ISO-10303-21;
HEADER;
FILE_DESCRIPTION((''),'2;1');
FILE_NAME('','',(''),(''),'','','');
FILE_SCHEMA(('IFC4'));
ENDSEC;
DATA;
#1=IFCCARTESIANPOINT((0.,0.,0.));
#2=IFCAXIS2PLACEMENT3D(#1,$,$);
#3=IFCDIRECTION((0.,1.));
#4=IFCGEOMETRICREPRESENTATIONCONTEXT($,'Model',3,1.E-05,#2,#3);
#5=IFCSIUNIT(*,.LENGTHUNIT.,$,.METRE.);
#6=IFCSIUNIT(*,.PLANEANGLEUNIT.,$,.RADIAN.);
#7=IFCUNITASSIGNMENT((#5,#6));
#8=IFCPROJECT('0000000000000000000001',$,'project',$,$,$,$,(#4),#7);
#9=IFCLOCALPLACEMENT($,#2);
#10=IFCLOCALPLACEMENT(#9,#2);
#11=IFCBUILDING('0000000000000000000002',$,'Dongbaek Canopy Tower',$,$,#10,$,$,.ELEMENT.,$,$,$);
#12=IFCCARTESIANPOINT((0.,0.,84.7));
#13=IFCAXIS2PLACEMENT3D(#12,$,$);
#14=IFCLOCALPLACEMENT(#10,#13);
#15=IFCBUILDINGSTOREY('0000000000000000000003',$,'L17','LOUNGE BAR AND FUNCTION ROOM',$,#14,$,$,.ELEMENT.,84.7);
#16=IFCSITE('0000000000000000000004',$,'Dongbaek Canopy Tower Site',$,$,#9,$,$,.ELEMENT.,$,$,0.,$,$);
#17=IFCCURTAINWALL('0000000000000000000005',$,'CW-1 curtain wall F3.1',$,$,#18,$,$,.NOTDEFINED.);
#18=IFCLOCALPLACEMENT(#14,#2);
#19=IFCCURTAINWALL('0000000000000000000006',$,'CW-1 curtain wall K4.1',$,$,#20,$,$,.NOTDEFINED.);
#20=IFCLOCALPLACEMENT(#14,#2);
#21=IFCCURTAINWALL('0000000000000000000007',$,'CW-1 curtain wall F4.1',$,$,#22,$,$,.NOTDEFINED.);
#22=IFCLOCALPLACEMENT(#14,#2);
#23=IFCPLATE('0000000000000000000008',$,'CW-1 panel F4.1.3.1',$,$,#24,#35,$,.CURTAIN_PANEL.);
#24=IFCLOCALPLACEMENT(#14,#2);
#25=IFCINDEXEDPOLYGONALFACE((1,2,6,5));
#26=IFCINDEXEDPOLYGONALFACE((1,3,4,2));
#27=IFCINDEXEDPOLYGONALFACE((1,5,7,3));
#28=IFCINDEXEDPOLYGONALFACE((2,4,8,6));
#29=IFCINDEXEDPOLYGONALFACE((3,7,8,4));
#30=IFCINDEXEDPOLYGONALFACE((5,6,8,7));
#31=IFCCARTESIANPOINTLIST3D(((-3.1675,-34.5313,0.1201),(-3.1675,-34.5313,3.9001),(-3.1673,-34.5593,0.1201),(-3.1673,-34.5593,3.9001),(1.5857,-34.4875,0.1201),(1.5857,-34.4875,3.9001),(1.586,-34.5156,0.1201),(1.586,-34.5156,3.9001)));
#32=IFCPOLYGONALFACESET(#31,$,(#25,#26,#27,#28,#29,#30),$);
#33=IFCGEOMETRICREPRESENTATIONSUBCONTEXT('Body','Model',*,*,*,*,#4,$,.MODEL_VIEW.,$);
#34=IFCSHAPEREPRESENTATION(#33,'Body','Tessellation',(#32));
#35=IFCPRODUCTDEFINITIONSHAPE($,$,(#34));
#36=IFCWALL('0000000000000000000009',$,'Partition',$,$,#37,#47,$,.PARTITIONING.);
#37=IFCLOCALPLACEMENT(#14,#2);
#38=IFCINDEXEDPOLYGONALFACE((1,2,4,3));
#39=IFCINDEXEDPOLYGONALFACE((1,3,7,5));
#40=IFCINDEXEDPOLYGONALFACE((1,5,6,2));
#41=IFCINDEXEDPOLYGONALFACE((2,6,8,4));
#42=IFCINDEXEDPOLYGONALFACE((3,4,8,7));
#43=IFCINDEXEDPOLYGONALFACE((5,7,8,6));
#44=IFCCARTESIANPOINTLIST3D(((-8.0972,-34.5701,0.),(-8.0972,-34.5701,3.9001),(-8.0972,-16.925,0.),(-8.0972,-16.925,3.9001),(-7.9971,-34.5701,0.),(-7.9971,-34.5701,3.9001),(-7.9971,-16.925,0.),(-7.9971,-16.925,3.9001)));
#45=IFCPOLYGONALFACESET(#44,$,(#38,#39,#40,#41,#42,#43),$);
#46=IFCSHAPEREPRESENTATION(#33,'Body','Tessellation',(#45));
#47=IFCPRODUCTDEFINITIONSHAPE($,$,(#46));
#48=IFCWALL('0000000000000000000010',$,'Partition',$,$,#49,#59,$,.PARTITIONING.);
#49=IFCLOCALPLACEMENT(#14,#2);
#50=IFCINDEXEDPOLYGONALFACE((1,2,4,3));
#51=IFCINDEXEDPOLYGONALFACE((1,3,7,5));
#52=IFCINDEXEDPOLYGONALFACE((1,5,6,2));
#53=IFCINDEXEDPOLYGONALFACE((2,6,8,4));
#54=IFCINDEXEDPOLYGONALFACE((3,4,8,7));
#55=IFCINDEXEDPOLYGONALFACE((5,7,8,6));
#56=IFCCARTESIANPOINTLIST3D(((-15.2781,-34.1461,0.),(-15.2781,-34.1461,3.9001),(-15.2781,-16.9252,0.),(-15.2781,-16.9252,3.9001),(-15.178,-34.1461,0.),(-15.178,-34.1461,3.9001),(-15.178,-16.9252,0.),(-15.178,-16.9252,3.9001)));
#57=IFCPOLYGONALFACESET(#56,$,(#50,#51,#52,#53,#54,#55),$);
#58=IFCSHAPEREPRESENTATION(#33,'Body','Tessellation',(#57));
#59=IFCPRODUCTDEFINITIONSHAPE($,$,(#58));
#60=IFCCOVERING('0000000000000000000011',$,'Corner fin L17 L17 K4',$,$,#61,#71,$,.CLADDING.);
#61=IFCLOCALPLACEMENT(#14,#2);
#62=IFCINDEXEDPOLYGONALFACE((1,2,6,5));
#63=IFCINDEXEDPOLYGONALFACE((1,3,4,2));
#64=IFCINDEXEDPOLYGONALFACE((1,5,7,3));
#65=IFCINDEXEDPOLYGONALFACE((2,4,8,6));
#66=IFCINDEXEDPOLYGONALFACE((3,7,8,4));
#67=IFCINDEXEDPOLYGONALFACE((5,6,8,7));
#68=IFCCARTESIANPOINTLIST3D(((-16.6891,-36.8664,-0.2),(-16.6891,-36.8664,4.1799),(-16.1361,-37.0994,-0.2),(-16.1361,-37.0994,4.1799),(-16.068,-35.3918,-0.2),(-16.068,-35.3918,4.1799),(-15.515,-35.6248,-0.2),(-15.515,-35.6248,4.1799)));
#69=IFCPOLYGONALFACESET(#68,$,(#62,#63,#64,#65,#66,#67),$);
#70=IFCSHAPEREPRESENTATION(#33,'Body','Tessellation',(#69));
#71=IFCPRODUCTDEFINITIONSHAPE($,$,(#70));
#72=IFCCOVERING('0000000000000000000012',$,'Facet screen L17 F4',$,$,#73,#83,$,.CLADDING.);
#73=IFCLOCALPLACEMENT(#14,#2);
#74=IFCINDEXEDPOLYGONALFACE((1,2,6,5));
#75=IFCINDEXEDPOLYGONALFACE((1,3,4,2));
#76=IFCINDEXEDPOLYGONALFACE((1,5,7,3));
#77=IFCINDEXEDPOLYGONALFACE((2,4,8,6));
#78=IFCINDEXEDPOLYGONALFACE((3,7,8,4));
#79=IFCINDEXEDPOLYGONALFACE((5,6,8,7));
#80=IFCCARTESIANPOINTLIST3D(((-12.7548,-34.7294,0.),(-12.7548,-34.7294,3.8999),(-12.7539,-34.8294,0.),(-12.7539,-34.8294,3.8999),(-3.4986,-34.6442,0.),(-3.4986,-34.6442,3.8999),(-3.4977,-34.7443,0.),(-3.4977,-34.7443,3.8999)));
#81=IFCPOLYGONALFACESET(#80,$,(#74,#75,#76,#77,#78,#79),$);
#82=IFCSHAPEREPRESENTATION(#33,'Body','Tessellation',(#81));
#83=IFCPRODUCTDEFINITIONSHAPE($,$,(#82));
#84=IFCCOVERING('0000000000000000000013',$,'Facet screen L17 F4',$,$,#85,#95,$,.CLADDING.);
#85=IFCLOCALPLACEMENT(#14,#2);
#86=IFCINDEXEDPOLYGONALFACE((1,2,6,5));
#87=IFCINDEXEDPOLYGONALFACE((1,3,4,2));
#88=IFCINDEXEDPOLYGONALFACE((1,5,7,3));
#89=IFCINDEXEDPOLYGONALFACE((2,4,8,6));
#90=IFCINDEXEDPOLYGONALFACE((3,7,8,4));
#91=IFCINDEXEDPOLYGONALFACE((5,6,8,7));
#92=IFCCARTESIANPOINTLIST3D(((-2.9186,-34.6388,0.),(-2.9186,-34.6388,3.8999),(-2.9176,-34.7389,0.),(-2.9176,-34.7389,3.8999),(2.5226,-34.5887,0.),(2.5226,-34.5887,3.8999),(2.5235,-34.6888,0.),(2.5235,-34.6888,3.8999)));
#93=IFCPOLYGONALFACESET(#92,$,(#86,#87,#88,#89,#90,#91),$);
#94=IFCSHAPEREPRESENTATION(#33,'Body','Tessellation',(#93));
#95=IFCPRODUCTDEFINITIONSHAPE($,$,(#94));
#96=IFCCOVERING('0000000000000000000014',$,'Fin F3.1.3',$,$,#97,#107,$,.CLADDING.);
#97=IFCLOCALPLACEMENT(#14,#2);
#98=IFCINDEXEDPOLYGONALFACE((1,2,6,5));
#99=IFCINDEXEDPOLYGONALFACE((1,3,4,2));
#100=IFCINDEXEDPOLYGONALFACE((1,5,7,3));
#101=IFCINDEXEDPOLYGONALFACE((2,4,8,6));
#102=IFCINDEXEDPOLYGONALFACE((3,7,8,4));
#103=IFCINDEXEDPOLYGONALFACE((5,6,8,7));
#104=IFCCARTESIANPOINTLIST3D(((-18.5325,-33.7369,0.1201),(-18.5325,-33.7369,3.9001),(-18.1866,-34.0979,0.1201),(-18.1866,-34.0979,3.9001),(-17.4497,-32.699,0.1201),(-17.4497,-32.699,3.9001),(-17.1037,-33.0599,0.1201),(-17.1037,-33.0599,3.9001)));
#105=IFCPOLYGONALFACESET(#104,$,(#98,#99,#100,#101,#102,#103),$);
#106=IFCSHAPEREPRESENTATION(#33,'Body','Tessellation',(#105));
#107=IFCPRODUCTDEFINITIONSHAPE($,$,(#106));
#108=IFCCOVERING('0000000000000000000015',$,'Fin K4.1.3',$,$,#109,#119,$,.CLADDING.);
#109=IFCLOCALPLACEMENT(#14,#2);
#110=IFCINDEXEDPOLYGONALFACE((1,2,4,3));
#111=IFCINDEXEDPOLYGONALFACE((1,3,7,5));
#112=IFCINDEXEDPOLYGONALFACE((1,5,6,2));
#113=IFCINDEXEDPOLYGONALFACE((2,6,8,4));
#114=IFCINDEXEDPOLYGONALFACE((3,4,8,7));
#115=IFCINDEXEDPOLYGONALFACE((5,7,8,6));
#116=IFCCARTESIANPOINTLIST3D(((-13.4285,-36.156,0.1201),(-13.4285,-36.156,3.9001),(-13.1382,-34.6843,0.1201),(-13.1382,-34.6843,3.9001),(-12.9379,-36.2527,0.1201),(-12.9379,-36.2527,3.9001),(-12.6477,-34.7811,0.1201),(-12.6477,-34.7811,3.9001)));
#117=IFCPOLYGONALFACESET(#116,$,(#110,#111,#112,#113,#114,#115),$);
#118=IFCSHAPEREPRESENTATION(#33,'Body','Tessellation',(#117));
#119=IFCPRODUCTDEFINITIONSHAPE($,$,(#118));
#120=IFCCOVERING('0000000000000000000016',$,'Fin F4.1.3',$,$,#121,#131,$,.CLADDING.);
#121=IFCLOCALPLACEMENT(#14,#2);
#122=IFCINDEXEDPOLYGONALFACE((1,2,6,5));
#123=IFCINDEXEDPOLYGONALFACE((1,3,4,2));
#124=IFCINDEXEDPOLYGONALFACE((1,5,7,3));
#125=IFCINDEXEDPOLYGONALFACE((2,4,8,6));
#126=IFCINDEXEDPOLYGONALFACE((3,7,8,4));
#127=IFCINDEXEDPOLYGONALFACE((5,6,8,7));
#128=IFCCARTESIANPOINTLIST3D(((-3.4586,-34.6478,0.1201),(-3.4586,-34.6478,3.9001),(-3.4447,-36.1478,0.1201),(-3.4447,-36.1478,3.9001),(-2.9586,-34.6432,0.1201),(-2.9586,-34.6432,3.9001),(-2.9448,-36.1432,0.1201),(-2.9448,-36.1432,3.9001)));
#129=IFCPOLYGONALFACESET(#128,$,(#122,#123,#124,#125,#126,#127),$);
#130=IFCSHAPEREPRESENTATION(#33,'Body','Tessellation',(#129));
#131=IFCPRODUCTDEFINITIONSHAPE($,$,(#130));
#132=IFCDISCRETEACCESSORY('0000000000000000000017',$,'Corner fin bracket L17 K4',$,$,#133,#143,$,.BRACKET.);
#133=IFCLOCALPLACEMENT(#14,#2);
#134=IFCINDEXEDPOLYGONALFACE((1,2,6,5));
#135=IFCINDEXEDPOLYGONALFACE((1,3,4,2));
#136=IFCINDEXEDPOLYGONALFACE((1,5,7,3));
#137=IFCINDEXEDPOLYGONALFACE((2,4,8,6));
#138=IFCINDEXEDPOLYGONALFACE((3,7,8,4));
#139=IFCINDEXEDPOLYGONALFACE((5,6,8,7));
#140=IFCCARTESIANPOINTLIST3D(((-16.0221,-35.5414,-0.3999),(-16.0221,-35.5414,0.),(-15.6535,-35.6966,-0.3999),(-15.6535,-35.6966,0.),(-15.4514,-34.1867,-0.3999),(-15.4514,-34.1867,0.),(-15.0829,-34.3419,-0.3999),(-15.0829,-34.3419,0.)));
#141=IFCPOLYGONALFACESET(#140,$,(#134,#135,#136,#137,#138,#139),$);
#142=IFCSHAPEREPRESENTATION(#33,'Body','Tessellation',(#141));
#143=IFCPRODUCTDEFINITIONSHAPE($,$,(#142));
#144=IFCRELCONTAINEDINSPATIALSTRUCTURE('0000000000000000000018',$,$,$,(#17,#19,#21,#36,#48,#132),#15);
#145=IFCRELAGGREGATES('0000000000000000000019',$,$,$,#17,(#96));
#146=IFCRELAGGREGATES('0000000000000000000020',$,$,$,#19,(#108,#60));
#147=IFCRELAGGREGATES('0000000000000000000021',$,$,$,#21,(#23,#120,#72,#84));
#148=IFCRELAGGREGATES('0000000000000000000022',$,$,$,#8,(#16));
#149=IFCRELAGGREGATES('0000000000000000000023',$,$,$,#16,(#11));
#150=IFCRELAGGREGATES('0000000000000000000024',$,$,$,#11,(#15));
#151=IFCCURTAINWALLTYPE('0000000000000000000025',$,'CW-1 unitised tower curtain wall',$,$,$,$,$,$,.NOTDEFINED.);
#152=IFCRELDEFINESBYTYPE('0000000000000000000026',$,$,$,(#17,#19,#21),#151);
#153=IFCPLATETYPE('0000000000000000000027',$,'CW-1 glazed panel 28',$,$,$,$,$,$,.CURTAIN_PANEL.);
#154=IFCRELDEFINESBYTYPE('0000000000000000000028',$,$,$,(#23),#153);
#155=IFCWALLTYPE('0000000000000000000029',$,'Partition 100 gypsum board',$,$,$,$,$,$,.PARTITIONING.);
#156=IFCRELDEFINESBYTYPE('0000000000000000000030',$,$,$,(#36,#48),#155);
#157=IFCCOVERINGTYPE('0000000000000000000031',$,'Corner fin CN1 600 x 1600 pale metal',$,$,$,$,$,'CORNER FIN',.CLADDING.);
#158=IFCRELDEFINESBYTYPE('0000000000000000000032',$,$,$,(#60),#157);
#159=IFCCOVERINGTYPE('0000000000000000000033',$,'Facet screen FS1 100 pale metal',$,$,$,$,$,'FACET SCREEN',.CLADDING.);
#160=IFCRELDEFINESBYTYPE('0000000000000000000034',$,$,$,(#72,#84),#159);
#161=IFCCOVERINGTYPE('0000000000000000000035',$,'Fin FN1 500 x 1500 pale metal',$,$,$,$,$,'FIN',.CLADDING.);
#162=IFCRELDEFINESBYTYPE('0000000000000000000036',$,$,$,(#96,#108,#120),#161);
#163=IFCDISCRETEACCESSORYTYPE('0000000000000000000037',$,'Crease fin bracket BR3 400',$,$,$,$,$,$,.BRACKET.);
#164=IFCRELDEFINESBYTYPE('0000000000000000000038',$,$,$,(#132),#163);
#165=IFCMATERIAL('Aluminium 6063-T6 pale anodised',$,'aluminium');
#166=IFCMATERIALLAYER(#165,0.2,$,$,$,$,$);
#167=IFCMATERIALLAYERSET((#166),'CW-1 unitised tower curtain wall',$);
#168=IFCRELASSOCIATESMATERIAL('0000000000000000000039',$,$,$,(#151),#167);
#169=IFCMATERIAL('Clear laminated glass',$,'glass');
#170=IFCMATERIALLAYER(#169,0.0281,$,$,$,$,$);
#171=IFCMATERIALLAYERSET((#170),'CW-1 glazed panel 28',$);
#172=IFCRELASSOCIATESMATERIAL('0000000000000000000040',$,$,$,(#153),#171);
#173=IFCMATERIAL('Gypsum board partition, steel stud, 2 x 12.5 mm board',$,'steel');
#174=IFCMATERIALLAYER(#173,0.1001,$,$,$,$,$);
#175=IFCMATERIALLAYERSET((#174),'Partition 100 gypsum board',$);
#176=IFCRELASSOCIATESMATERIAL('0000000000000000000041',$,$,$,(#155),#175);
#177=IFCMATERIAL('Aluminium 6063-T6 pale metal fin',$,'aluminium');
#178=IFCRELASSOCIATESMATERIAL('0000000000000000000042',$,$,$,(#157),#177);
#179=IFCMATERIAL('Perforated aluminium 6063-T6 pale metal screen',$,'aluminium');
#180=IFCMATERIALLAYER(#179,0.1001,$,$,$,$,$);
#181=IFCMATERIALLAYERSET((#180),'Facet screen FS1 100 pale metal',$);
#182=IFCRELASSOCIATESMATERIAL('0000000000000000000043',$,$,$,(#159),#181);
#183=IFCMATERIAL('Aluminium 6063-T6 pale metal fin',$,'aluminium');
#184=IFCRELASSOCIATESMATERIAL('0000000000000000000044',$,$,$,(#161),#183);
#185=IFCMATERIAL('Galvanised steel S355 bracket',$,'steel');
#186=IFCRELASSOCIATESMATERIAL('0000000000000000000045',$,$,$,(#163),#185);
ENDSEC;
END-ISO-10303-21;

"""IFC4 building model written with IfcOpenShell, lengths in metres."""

from ifc_helpers import new_model, si_unit, direction, frame, frame_2d, origin, origin_2d, place, context, subcontext, project, spatial, rectangle, extrude, material, layer, layer_set, material_profile, profile_set, type_object, element, aggregate, save


model = new_model("IFC4")

# Units and contexts
model_context = context("Model", 3, precision=1e-05, world=origin(), true_north=direction((0.0, 1.0)))
body_context = subcontext(model_context, "Body", "Model", "MODEL_VIEW")
ifc_project = project(units=[si_unit("LENGTHUNIT", "METRE"), si_unit("PLANEANGLEUNIT", "RADIAN")], contexts=[model_context])

# Site, building, storey
site_placement = place(None, origin())
site = spatial("IfcSite", under=ifc_project, at=site_placement, Name="Dongbaek Canopy Tower Site", CompositionType="ELEMENT", RefElevation=0.0)
building_placement = place(site_placement, origin())
building = spatial("IfcBuilding", under=site, at=building_placement, Name="Dongbaek Canopy Tower", CompositionType="ELEMENT")
storey_placement = place(building_placement, frame((0.0, 0.0, 84.7)))
storey = spatial("IfcBuildingStorey", under=building, at=storey_placement, Name="L17", Description="LOUNGE BAR AND FUNCTION ROOM", CompositionType="ELEMENT", Elevation=84.7)

# Curtain wall
ifc_material_1 = material(Name="Aluminium 6063-T6 pale anodised", Category="aluminium")
ifc_layer_1 = layer(ifc_material_1, 0.2)
ifc_layer_set_1 = layer_set([ifc_layer_1], Name="CW-1 unitised tower curtain wall")
curtain_wall_type = type_object("IfcCurtainWallType", Name="CW-1 unitised tower curtain wall", PredefinedType="NOTDEFINED", material=ifc_layer_set_1)
curtain_wall_1_placement = place(storey_placement, origin())
curtain_wall_1 = element("IfcCurtainWall", 1, at=curtain_wall_1_placement, inside=storey, type_object=curtain_wall_type, Name="CW-1 curtain wall F3.1", PredefinedType="NOTDEFINED")

# Curtain walls
curtain_wall_2_placement = place(storey_placement, origin())
curtain_wall_2 = element("IfcCurtainWall", 2, at=curtain_wall_2_placement, inside=storey, type_object=curtain_wall_type, Name="CW-1 curtain wall K4.1", PredefinedType="NOTDEFINED")
curtain_wall_3_placement = place(storey_placement, origin())
curtain_wall_3 = element("IfcCurtainWall", 3, at=curtain_wall_3_placement, inside=storey, type_object=curtain_wall_type, Name="CW-1 curtain wall F4.1", PredefinedType="NOTDEFINED")

# Plate
ifc_material_2 = material(Name="Clear laminated glass", Category="glass")
ifc_layer_2 = layer(ifc_material_2, 0.0281)
ifc_layer_set_2 = layer_set([ifc_layer_2], Name="CW-1 glazed panel 28")
plate_type = type_object("IfcPlateType", Name="CW-1 glazed panel 28", PredefinedType="CURTAIN_PANEL", material=ifc_layer_set_2)
plate_1_placement = place(storey_placement, frame((-0.7908, -34.5234, 0.1201), z_axis=(0.0, 0.0, 1.0), x_axis=(0.999958, 0.009201, 0.0)))
plate_1 = element("IfcPlate", 4, at=plate_1_placement, type_object=plate_type, Name="CW-1 panel F4.1.3.1", PredefinedType="CURTAIN_PANEL", context=body_context, shape_type="SweptSolid", body=[
    extrude(rectangle(XDim=4.7534, YDim=0.0281, at=origin_2d()), origin(), (0.0, 0.0, 1.0), 3.78),
])

# Walls
ifc_material_3 = material(Name="Gypsum board partition, steel stud, 2 x 12.5 mm board", Category="steel")
ifc_layer_3 = layer(ifc_material_3, 0.1001)
ifc_layer_set_3 = layer_set([ifc_layer_3], Name="Partition 100 gypsum board")
wall_type = type_object("IfcWallType", Name="Partition 100 gypsum board", PredefinedType="PARTITIONING", material=ifc_layer_set_3)
wall_1_placement = place(storey_placement, frame((-8.0471, -34.5701, 0.0), z_axis=(0.0, 0.0, 1.0), x_axis=(0.0, 1.0, 0.0)))
element("IfcWall", 5, at=wall_1_placement, inside=storey, type_object=wall_type, Name="Partition", PredefinedType="PARTITIONING", context=body_context, shape_type="SweptSolid", body=[
    extrude(rectangle(XDim=17.645, YDim=0.1001, at=frame_2d((8.8225, 0.0))), origin(), (0.0, 0.0, 1.0), 3.9001),
])
wall_2_placement = place(storey_placement, frame((-15.228, -34.146, 0.0), z_axis=(0.0, 0.0, 1.0), x_axis=(0.0, 1.0, 0.0)))
element("IfcWall", 6, at=wall_2_placement, inside=storey, type_object=wall_type, Name="Partition", PredefinedType="PARTITIONING", context=body_context, shape_type="SweptSolid", body=[
    extrude(rectangle(XDim=17.2209, YDim=0.1001, at=frame_2d((8.6104, 0.0))), origin(), (0.0, 0.0, 1.0), 3.9001),
])

# Coverings
ifc_material_4 = material(Name="Aluminium 6063-T6 pale metal fin", Category="aluminium")
ifc_material_profile_1 = material_profile(ifc_material_4, rectangle(XDim=1.6001, YDim=0.6001, at=origin_2d()), Name="Corner fin CN1 600 x 1600 pale metal")
ifc_profile_set_1 = profile_set([ifc_material_profile_1], Name="Aluminium 6063-T6 pale metal fin")
covering_type_1 = type_object("IfcCoveringType", Name="Corner fin CN1 600 x 1600 pale metal", ElementType="CORNER FIN", PredefinedType="CLADDING", material=ifc_profile_set_1)
covering_1_placement = place(storey_placement, frame((-16.1021, -36.2456, -0.2), z_axis=(0.0, 0.0, 1.0), x_axis=(-0.388201, -0.921575, 0.0)))
covering_1 = element("IfcCovering", 7, at=covering_1_placement, type_object=covering_type_1, Name="Corner fin L17 L17 K4", PredefinedType="CLADDING", context=body_context, shape_type="SweptSolid", body=[
    extrude(rectangle(XDim=1.6001, YDim=0.6001, at=origin_2d()), origin(), (0.0, 0.0, 1.0), 4.3799),
])
ifc_material_5 = material(Name="Perforated aluminium 6063-T6 pale metal screen", Category="aluminium")
ifc_layer_4 = layer(ifc_material_5, 0.1001)
ifc_layer_set_4 = layer_set([ifc_layer_4], Name="Facet screen FS1 100 pale metal")
covering_type_2 = type_object("IfcCoveringType", Name="Facet screen FS1 100 pale metal", ElementType="FACET SCREEN", PredefinedType="CLADDING", material=ifc_layer_set_4)
covering_2_placement = place(storey_placement, frame((-8.1262, -34.7368, 0.0), z_axis=(0.0, 0.0, 1.0), x_axis=(0.999958, 0.009201, 0.0)))
covering_2 = element("IfcCovering", 8, at=covering_2_placement, type_object=covering_type_2, Name="Facet screen L17 F4", PredefinedType="CLADDING", context=body_context, shape_type="SweptSolid", body=[
    extrude(rectangle(XDim=9.2566, YDim=0.1001, at=origin_2d()), origin(), (0.0, 0.0, 1.0), 3.8999),
])
covering_3_placement = place(storey_placement, frame((-0.1975, -34.6638, 0.0), z_axis=(0.0, 0.0, 1.0), x_axis=(0.999958, 0.009201, 0.0)))
covering_3 = element("IfcCovering", 9, at=covering_3_placement, type_object=covering_type_2, Name="Facet screen L17 F4", PredefinedType="CLADDING", context=body_context, shape_type="SweptSolid", body=[
    extrude(rectangle(XDim=5.4414, YDim=0.1001, at=origin_2d()), origin(), (0.0, 0.0, 1.0), 3.8999),
])
ifc_material_6 = material(Name="Aluminium 6063-T6 pale metal fin", Category="aluminium")
ifc_material_profile_2 = material_profile(ifc_material_6, rectangle(XDim=1.5, YDim=0.5, at=origin_2d()), Name="Fin FN1 500 x 1500 pale metal")
ifc_profile_set_2 = profile_set([ifc_material_profile_2], Name="Aluminium 6063-T6 pale metal fin")
covering_type_3 = type_object("IfcCoveringType", Name="Fin FN1 500 x 1500 pale metal", ElementType="FIN", PredefinedType="CLADDING", material=ifc_profile_set_2)
covering_4_placement = place(storey_placement, frame((-17.8181, -33.3984, 0.1201), z_axis=(0.0, 0.0, 1.0), x_axis=(-0.721911, -0.691986, 0.0)))
covering_4 = element("IfcCovering", 10, at=covering_4_placement, type_object=covering_type_3, Name="Fin F3.1.3", PredefinedType="CLADDING", context=body_context, shape_type="SweptSolid", body=[
    extrude(rectangle(XDim=1.5, YDim=0.5, at=origin_2d()), origin(), (0.0, 0.0, 1.0), 3.78),
])
aggregate(curtain_wall_1, [covering_4])
covering_5_placement = place(storey_placement, frame((-13.0381, -35.4685, 0.1201), z_axis=(0.0, 0.0, 1.0), x_axis=(-0.193511, -0.981098, 0.0)))
covering_5 = element("IfcCovering", 11, at=covering_5_placement, type_object=covering_type_3, Name="Fin K4.1.3", PredefinedType="CLADDING", context=body_context, shape_type="SweptSolid", body=[
    extrude(rectangle(XDim=1.5, YDim=0.5, at=origin_2d()), origin(), (0.0, 0.0, 1.0), 3.78),
])
aggregate(curtain_wall_2, [covering_5, covering_1])
covering_6_placement = place(storey_placement, frame((-3.2017, -35.3955, 0.1201), z_axis=(0.0, 0.0, 1.0), x_axis=(0.009201, -0.999958, 0.0)))
covering_6 = element("IfcCovering", 12, at=covering_6_placement, type_object=covering_type_3, Name="Fin F4.1.3", PredefinedType="CLADDING", context=body_context, shape_type="SweptSolid", body=[
    extrude(rectangle(XDim=1.5, YDim=0.5, at=origin_2d()), origin(), (0.0, 0.0, 1.0), 3.78),
])
aggregate(curtain_wall_3, [plate_1, covering_6, covering_2, covering_3])

# Discrete accessory
ifc_material_7 = material(Name="Galvanised steel S355 bracket", Category="steel")
discrete_accessory_type = type_object("IfcDiscreteAccessoryType", Name="Crease fin bracket BR3 400", PredefinedType="BRACKET", material=ifc_material_7)
discrete_accessory_placement = place(storey_placement, frame((-15.5525, -34.9417, -0.3999), z_axis=(0.0, 0.0, 1.0), x_axis=(-0.388201, -0.921575, 0.0)))
element("IfcDiscreteAccessory", 13, at=discrete_accessory_placement, inside=storey, type_object=discrete_accessory_type, Name="Corner fin bracket L17 K4", PredefinedType="BRACKET", context=body_context, shape_type="SweptSolid", body=[
    extrude(rectangle(XDim=1.47, YDim=0.3999, at=origin_2d()), origin(), (0.0, 0.0, 1.0), 0.3999),
])

save(model, "model.ifc")
